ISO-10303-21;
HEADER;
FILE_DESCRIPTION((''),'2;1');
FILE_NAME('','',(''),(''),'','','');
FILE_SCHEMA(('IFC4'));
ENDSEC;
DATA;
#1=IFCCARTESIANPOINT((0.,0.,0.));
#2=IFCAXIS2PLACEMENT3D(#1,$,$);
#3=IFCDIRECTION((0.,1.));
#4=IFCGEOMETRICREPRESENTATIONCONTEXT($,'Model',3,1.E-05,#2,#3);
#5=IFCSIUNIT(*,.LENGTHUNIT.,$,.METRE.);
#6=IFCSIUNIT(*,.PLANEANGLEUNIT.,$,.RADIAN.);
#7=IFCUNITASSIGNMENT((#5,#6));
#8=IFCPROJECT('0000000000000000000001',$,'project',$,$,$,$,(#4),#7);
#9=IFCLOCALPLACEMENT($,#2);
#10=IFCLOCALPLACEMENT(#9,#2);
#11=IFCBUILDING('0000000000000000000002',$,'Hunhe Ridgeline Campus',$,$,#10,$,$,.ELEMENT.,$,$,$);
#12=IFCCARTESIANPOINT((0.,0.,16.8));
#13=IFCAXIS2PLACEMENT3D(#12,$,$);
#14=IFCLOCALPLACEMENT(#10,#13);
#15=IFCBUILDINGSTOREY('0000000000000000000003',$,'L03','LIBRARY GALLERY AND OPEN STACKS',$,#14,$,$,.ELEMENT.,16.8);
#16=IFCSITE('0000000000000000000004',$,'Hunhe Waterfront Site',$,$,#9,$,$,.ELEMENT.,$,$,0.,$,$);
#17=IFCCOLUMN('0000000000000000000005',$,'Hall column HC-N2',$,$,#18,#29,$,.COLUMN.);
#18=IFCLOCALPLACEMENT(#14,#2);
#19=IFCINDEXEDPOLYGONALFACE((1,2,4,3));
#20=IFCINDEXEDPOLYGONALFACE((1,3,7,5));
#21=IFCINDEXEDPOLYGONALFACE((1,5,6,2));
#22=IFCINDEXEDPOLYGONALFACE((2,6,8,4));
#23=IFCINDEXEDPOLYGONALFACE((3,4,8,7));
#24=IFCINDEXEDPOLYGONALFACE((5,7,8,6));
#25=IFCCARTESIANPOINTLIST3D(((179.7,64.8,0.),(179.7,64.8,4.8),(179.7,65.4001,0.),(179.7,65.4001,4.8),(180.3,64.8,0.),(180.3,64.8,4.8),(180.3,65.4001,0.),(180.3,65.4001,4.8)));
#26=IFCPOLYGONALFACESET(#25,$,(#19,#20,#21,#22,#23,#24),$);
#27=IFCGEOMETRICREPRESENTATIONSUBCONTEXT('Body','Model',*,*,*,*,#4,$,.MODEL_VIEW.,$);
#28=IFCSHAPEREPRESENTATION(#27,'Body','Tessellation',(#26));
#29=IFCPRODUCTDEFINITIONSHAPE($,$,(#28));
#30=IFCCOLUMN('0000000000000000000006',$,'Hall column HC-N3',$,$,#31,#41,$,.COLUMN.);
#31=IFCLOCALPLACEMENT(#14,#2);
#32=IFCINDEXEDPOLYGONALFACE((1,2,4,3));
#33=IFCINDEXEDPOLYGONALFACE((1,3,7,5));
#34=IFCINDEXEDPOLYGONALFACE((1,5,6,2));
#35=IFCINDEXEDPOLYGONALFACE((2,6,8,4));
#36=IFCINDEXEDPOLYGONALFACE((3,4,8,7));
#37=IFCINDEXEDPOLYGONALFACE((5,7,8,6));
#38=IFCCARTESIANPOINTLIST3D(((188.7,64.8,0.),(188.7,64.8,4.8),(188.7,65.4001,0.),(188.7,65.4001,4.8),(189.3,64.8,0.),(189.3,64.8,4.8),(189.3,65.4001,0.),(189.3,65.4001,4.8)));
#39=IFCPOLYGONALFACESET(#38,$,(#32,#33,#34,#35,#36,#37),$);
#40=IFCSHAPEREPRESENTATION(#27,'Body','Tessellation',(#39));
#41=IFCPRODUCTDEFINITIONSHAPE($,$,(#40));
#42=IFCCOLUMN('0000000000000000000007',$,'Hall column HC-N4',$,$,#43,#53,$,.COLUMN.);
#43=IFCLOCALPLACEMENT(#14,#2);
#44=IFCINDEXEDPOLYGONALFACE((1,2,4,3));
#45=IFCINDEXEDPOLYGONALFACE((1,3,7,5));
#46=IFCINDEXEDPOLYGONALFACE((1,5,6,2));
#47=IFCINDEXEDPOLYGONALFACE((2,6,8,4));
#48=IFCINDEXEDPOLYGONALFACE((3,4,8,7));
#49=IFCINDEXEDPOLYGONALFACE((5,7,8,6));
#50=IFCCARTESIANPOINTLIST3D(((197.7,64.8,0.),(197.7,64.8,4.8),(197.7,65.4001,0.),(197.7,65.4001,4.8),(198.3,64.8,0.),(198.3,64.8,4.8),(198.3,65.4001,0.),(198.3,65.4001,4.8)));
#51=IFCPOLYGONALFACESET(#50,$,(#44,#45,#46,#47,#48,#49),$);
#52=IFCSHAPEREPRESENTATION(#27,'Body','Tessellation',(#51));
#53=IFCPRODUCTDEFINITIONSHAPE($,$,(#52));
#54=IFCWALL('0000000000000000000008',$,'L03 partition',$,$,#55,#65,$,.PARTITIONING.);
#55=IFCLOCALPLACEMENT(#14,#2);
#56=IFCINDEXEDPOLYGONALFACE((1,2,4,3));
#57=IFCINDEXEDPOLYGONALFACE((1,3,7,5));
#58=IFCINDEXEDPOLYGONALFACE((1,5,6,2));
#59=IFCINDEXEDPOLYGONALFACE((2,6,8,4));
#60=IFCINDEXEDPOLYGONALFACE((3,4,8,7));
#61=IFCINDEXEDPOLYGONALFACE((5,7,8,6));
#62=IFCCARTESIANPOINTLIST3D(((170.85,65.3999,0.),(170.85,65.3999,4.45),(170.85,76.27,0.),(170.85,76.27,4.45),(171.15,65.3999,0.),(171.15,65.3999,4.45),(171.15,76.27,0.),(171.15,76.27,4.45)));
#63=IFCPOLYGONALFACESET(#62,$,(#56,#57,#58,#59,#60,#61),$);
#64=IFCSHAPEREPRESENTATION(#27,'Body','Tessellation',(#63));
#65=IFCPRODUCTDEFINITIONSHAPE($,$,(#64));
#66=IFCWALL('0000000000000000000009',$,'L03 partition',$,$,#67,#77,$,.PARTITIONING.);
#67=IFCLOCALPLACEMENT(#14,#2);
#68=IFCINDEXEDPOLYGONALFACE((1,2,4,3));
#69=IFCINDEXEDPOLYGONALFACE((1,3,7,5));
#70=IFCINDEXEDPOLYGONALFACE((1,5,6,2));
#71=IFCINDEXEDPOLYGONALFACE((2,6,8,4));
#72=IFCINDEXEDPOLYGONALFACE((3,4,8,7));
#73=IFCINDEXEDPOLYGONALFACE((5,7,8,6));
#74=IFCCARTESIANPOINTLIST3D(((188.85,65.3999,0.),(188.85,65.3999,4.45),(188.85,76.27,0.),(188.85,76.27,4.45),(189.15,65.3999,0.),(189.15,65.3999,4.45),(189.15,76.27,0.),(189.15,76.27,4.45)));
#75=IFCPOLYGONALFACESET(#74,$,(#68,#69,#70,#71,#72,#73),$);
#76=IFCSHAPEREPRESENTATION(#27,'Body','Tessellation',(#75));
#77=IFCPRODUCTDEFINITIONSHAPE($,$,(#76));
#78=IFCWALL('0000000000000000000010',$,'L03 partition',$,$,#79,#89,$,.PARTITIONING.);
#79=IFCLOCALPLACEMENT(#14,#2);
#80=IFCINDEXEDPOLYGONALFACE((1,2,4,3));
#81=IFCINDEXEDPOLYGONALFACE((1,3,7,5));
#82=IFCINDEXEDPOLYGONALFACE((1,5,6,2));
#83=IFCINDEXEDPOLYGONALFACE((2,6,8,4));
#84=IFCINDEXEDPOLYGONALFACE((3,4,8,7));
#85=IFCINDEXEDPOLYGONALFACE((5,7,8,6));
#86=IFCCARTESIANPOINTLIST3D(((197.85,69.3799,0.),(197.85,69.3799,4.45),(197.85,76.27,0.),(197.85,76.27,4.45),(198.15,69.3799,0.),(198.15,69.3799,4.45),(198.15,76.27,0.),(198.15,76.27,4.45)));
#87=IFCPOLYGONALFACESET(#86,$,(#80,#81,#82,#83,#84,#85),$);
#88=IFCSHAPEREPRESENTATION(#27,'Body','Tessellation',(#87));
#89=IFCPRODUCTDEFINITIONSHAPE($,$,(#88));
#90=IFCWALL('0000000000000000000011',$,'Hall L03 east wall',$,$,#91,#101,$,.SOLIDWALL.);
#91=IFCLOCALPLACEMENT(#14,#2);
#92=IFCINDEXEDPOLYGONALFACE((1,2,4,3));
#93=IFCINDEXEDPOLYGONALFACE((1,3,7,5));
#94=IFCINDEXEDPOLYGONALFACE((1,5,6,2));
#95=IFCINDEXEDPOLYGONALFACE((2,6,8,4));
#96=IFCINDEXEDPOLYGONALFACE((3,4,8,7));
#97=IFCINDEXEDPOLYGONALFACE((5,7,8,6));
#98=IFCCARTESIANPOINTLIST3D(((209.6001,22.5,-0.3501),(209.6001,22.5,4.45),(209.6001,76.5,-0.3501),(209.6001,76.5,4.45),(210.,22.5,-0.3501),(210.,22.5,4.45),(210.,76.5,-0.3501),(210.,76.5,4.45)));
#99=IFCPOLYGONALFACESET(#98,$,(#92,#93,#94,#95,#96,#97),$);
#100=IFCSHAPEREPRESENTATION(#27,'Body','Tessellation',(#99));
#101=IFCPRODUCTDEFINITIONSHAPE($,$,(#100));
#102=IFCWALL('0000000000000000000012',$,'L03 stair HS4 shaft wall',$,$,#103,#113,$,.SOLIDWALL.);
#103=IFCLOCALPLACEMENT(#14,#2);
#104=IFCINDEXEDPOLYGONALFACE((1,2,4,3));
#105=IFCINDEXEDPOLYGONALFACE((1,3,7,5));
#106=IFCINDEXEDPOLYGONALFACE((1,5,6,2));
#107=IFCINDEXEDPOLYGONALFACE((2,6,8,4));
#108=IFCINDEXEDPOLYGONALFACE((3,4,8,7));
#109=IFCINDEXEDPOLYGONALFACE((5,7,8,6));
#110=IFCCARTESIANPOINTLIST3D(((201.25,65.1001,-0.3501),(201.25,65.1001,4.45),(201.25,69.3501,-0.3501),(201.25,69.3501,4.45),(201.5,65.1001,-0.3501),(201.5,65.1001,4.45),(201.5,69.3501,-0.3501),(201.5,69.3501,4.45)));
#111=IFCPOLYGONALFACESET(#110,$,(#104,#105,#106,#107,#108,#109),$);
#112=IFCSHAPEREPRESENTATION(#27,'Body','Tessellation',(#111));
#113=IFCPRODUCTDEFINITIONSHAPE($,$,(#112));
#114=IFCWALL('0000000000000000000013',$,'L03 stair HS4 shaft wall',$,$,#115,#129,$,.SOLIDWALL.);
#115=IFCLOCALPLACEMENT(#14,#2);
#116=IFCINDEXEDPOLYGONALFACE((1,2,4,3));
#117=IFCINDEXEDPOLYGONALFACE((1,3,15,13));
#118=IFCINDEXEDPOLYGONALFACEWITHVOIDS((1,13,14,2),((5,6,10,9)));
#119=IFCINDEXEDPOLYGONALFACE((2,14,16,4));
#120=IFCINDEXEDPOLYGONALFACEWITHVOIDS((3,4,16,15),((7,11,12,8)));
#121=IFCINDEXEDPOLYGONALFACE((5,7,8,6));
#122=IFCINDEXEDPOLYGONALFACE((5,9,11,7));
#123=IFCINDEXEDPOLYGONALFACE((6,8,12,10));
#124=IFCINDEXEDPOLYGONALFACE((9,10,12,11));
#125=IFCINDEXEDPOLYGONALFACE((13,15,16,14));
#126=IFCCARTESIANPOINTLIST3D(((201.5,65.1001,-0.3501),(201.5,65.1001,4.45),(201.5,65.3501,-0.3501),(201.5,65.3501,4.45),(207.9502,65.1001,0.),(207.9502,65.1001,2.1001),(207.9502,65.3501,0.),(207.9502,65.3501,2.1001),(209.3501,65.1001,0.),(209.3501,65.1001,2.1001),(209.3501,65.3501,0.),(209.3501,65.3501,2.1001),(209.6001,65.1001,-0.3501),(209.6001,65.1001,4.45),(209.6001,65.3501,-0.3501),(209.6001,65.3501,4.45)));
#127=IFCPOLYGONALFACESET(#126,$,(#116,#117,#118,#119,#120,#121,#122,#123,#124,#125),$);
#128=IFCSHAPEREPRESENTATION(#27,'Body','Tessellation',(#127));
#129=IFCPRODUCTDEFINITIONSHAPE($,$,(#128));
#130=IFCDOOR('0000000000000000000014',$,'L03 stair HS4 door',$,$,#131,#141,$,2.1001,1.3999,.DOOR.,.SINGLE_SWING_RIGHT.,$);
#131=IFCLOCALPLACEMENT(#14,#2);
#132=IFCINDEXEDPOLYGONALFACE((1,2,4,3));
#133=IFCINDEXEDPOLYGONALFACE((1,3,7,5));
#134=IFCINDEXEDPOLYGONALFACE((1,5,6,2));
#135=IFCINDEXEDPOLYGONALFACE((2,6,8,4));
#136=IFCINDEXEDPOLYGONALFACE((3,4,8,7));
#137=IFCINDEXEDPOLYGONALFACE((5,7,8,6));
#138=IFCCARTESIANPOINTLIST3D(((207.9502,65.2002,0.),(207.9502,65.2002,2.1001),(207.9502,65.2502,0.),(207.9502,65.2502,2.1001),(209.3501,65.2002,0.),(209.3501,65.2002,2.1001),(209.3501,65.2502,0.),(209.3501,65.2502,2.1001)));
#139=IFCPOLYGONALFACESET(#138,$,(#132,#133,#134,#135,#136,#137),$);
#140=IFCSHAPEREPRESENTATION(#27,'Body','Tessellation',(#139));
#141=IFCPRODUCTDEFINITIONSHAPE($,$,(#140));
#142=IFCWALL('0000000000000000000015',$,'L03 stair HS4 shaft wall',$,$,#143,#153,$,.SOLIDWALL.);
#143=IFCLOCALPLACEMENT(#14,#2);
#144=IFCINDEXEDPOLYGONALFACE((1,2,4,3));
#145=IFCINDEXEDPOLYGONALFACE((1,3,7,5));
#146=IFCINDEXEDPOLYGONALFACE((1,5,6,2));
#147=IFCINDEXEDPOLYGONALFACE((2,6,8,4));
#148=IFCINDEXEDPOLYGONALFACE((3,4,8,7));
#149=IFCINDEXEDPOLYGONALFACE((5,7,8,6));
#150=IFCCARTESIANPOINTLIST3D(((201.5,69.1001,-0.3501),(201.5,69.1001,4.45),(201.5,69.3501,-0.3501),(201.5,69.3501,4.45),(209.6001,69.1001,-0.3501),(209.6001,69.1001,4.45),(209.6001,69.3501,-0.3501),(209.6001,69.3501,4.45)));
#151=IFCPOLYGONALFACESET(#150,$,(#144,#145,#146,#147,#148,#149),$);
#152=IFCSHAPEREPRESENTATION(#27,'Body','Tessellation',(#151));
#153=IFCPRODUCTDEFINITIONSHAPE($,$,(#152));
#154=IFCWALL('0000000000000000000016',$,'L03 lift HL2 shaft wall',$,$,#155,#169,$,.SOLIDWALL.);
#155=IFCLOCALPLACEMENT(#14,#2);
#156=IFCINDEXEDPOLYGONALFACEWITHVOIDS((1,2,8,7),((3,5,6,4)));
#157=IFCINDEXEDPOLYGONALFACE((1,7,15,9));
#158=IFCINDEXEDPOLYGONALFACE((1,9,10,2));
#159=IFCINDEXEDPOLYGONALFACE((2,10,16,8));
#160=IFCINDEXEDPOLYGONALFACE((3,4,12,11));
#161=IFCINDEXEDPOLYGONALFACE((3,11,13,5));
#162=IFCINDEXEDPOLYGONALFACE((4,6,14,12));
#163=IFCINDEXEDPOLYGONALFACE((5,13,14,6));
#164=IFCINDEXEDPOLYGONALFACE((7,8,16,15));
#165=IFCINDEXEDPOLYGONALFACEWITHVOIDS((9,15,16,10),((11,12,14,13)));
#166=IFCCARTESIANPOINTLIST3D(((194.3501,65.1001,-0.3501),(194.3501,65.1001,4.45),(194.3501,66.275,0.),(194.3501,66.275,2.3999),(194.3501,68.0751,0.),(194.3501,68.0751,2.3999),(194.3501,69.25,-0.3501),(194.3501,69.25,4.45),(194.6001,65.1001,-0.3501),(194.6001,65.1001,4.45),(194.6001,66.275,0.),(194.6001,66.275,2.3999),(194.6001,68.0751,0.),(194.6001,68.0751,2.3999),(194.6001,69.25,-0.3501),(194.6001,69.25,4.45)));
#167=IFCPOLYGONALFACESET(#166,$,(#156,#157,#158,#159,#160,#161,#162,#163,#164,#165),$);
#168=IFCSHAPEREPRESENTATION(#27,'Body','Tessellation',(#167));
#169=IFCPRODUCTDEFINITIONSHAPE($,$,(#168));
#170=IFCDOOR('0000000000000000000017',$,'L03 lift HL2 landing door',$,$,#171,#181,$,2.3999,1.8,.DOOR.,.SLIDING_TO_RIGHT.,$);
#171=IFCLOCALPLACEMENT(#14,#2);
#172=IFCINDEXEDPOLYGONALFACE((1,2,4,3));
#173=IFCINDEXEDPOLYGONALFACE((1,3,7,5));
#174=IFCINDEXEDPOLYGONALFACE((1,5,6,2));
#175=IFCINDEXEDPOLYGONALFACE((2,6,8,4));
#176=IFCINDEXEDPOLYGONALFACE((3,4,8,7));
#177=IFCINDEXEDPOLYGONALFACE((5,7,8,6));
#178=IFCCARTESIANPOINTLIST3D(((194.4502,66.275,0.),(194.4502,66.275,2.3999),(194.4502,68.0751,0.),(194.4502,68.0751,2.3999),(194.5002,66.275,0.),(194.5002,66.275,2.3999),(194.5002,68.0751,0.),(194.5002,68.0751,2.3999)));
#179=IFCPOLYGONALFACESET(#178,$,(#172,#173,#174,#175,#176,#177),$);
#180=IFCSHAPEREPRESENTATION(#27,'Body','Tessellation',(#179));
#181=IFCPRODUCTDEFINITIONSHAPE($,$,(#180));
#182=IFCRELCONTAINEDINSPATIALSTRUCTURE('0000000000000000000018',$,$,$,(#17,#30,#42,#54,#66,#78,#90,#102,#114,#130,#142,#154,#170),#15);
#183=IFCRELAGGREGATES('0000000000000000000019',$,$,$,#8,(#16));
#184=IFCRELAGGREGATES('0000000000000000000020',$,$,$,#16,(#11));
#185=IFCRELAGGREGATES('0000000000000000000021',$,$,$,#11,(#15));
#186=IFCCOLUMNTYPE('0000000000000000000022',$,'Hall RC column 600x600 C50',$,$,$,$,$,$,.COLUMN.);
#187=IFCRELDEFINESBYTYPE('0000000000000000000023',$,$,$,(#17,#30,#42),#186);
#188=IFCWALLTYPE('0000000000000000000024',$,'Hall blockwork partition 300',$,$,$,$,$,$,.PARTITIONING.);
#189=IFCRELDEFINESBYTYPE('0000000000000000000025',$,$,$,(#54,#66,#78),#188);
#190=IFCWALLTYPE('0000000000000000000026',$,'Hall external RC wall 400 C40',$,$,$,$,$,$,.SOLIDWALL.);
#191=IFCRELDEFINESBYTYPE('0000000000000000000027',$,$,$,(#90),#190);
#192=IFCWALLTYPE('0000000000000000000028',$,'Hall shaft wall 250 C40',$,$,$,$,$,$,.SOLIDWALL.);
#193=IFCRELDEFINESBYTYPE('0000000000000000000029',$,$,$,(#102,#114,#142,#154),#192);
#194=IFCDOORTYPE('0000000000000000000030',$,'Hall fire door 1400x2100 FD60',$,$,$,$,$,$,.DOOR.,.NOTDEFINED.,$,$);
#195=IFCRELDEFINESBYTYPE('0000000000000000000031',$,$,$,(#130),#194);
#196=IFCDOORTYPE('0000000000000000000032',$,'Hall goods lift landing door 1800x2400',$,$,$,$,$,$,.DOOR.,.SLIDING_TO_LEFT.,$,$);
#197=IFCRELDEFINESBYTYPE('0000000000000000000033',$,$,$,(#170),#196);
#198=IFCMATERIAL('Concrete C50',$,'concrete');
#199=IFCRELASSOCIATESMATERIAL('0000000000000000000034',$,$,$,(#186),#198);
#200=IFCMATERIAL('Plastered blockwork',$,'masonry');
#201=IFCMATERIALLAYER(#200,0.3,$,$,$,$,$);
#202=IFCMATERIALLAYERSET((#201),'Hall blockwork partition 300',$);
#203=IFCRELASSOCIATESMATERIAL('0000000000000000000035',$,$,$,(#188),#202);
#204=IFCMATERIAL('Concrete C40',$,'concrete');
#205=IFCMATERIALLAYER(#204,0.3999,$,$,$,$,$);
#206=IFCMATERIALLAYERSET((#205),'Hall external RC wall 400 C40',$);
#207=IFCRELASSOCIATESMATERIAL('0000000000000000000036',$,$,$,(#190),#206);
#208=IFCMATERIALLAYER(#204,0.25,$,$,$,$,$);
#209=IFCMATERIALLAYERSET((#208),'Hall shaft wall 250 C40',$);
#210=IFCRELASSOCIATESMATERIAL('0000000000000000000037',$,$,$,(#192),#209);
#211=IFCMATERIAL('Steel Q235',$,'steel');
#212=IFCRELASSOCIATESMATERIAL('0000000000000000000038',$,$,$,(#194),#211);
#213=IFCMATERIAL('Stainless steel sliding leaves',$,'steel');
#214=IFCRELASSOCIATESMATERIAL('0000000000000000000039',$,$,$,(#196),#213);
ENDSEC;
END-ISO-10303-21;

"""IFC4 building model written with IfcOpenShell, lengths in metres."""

from ifc_helpers import new_model, si_unit, direction, frame, frame_2d, origin, origin_2d, place, context, subcontext, project, spatial, rectangle, extrude, material, layer, layer_set, material_profile, profile_set, type_object, element, fill, save


model = new_model("IFC4")

# Units and contexts
model_context = context("Model", 3, precision=1e-05, world=origin(), true_north=direction((0.0, 1.0)))
body_context = subcontext(model_context, "Body", "Model", "MODEL_VIEW")
ifc_project = project(units=[si_unit("LENGTHUNIT", "METRE"), si_unit("PLANEANGLEUNIT", "RADIAN")], contexts=[model_context])

# Site, building, storey
site_placement = place(None, origin())
site = spatial("IfcSite", under=ifc_project, at=site_placement, Name="Hunhe Waterfront Site", CompositionType="ELEMENT", RefElevation=0.0)
building_placement = place(site_placement, origin())
building = spatial("IfcBuilding", under=site, at=building_placement, Name="Hunhe Ridgeline Campus", CompositionType="ELEMENT")
storey_placement = place(building_placement, frame((0.0, 0.0, 16.8)))
storey = spatial("IfcBuildingStorey", under=building, at=storey_placement, Name="L03", Description="LIBRARY GALLERY AND OPEN STACKS", CompositionType="ELEMENT", Elevation=16.8)

# Columns
ifc_material_1 = material(Name="Concrete C50", Category="concrete")
ifc_material_profile = material_profile(ifc_material_1, rectangle(XDim=0.6001, YDim=0.6001, at=origin_2d()))
ifc_profile_set = profile_set([ifc_material_profile], Name="Concrete C50")
column_type = type_object("IfcColumnType", Name="Hall RC column 600x600 C50", PredefinedType="COLUMN", material=ifc_profile_set)
for number, where, z_axis, x_axis, name in (
    (1, (180.0, 65.1001, 0.0), (0.0, 0.0, 1.0), (1.0, 0.0, 0.0), "Hall column HC-N2"),
    (2, (189.0, 65.1001, 0.0), (0.0, 0.0, 1.0), (1.0, 0.0, 0.0), "Hall column HC-N3"),
    (3, (198.0, 65.1001, 0.0), (0.0, 0.0, 1.0), (1.0, 0.0, 0.0), "Hall column HC-N4"),
):
    element("IfcColumn", number, at=place(storey_placement, frame(where, z_axis=z_axis, x_axis=x_axis)), inside=storey, type_object=column_type, Name=name, PredefinedType="COLUMN", context=body_context, shape_type="SweptSolid", body=[
        extrude(rectangle(XDim=0.6001, YDim=0.6001, at=origin_2d()), origin(), (0.0, 0.0, 1.0), 4.8),
    ])

# Walls
ifc_material_2 = material(Name="Plastered blockwork", Category="masonry")
ifc_layer_1 = layer(ifc_material_2, 0.3)
ifc_layer_set_1 = layer_set([ifc_layer_1], Name="Hall blockwork partition 300")
wall_type_1 = type_object("IfcWallType", Name="Hall blockwork partition 300", PredefinedType="PARTITIONING", material=ifc_layer_set_1)
for number, where, z_axis, x_axis, name in (
    (4, (171.0, 65.3999, 0.0), (0.0, 0.0, 1.0), (0.0, 1.0, 0.0), "L03 partition"),
    (5, (189.0, 65.3999, 0.0), (0.0, 0.0, 1.0), (0.0, 1.0, 0.0), "L03 partition"),
):
    element("IfcWall", number, at=place(storey_placement, frame(where, z_axis=z_axis, x_axis=x_axis)), inside=storey, type_object=wall_type_1, Name=name, PredefinedType="PARTITIONING", context=body_context, shape_type="SweptSolid", body=[
        extrude(rectangle(XDim=10.8701, YDim=0.3, at=frame_2d((5.4351, 0.0))), origin(), (0.0, 0.0, 1.0), 4.45),
    ])
wall_1_placement = place(storey_placement, frame((198.0, 69.3799, 0.0), z_axis=(0.0, 0.0, 1.0), x_axis=(0.0, 1.0, 0.0)))
element("IfcWall", 6, at=wall_1_placement, inside=storey, type_object=wall_type_1, Name="L03 partition", PredefinedType="PARTITIONING", context=body_context, shape_type="SweptSolid", body=[
    extrude(rectangle(XDim=6.8901, YDim=0.3, at=frame_2d((3.4451, 0.0))), origin(), (0.0, 0.0, 1.0), 4.45),
])

# Shared definitions
ifc_material_3 = material(Name="Steel Q235", Category="steel")

# Walls
ifc_material_4 = material(Name="Concrete C40", Category="concrete")
ifc_layer_2 = layer(ifc_material_4, 0.3999)
ifc_layer_set_2 = layer_set([ifc_layer_2], Name="Hall external RC wall 400 C40")
wall_type_2 = type_object("IfcWallType", Name="Hall external RC wall 400 C40", PredefinedType="SOLIDWALL", material=ifc_layer_set_2)
wall_2_placement = place(storey_placement, frame((209.8, 76.5, -0.3501), z_axis=(0.0, 0.0, 1.0), x_axis=(0.0, -1.0, 0.0)))
element("IfcWall", 7, at=wall_2_placement, inside=storey, type_object=wall_type_2, Name="Hall L03 east wall", PredefinedType="SOLIDWALL", context=body_context, shape_type="SweptSolid", body=[
    extrude(rectangle(XDim=54.0, YDim=0.3999, at=frame_2d((27.0, 0.0))), origin(), (0.0, 0.0, 1.0), 4.8),
])
ifc_layer_3 = layer(ifc_material_4, 0.25)
ifc_layer_set_3 = layer_set([ifc_layer_3], Name="Hall shaft wall 250 C40")
wall_type_3 = type_object("IfcWallType", Name="Hall shaft wall 250 C40", PredefinedType="SOLIDWALL", material=ifc_layer_set_3)
wall_3_placement = place(storey_placement, frame((201.375, 65.1001, -0.3501), z_axis=(0.0, 0.0, 1.0), x_axis=(0.0, 1.0, 0.0)))
element("IfcWall", 8, at=wall_3_placement, inside=storey, type_object=wall_type_3, Name="L03 stair HS4 shaft wall", PredefinedType="SOLIDWALL", context=body_context, shape_type="SweptSolid", body=[
    extrude(rectangle(XDim=4.25, YDim=0.25, at=frame_2d((2.125, 0.0))), origin(), (0.0, 0.0, 1.0), 4.8),
])

# Wall, opening, door
wall_4_placement = place(storey_placement, frame((209.6001, 65.2251, -0.3501), z_axis=(0.0, 0.0, 1.0), x_axis=(-1.0, 0.0, 0.0)))
wall_4 = element("IfcWall", 9, at=wall_4_placement, inside=storey, type_object=wall_type_3, Name="L03 stair HS4 shaft wall", PredefinedType="SOLIDWALL", context=body_context, shape_type="SweptSolid", body=[
    extrude(rectangle(XDim=8.1001, YDim=0.25, at=frame_2d((4.05, 0.0))), origin(), (0.0, 0.0, 1.0), 4.8),
])
opening_1_placement = place(wall_4_placement, frame((0.25, 0.0, 0.3501)))
opening_1 = element("IfcOpeningElement", 10, at=opening_1_placement, cuts=wall_4, PredefinedType="OPENING", context=body_context, shape_type="SweptSolid", body=[
    extrude(rectangle(XDim=1.3999, YDim=2.1001, at=frame_2d((0.7, 1.05))), frame((0.0, 0.125, 0.0), z_axis=(0.0, -1.0, 0.0), x_axis=(1.0, 0.0, 0.0)), (0.0, 0.0, 1.0), 0.25),
])
door_type_1 = type_object("IfcDoorType", Name="Hall fire door 1400x2100 FD60", OperationType="NOTDEFINED", PredefinedType="DOOR", material=ifc_material_3)
door_1_placement = place(opening_1_placement, origin())
door_1 = element("IfcDoor", 11, at=door_1_placement, inside=storey, type_object=door_type_1, Name="L03 stair HS4 door", OperationType="SINGLE_SWING_RIGHT", OverallHeight=2.1001, OverallWidth=1.3999, PredefinedType="DOOR", context=body_context, shape_type="SweptSolid", body=[
    extrude(rectangle(XDim=1.3999, YDim=2.1001, at=frame_2d((0.7, 1.05))), frame((0.0, 0.0249, 0.0), z_axis=(0.0, -1.0, 0.0), x_axis=(1.0, 0.0, 0.0)), (0.0, 0.0, 1.0), 0.05),
])
fill(opening_1, door_1)

# Wall
wall_5_placement = place(storey_placement, frame((201.5, 69.2251, -0.3501), z_axis=(0.0, 0.0, 1.0), x_axis=(1.0, 0.0, 0.0)))
element("IfcWall", 12, at=wall_5_placement, inside=storey, type_object=wall_type_3, Name="L03 stair HS4 shaft wall", PredefinedType="SOLIDWALL", context=body_context, shape_type="SweptSolid", body=[
    extrude(rectangle(XDim=8.1001, YDim=0.25, at=frame_2d((4.05, 0.0))), origin(), (0.0, 0.0, 1.0), 4.8),
])

# Wall, opening, door
wall_6_placement = place(storey_placement, frame((194.4751, 65.1001, -0.3501), z_axis=(0.0, 0.0, 1.0), x_axis=(0.0, 1.0, 0.0)))
wall_6 = element("IfcWall", 13, at=wall_6_placement, inside=storey, type_object=wall_type_3, Name="L03 lift HL2 shaft wall", PredefinedType="SOLIDWALL", context=body_context, shape_type="SweptSolid", body=[
    extrude(rectangle(XDim=4.1499, YDim=0.25, at=frame_2d((2.075, 0.0))), origin(), (0.0, 0.0, 1.0), 4.8),
])
opening_2_placement = place(wall_6_placement, frame((1.175, 0.0, 0.3501)))
opening_2 = element("IfcOpeningElement", 14, at=opening_2_placement, cuts=wall_6, PredefinedType="OPENING", context=body_context, shape_type="SweptSolid", body=[
    extrude(rectangle(XDim=1.8, YDim=2.3999, at=frame_2d((0.8999, 1.2))), frame((0.0, 0.125, 0.0), z_axis=(0.0, -1.0, 0.0), x_axis=(1.0, 0.0, 0.0)), (0.0, 0.0, 1.0), 0.25),
])
ifc_material_5 = material(Name="Stainless steel sliding leaves", Category="steel")
door_type_2 = type_object("IfcDoorType", Name="Hall goods lift landing door 1800x2400", OperationType="SLIDING_TO_LEFT", PredefinedType="DOOR", material=ifc_material_5)
door_2_placement = place(opening_2_placement, origin())
door_2 = element("IfcDoor", 15, at=door_2_placement, inside=storey, type_object=door_type_2, Name="L03 lift HL2 landing door", OperationType="SLIDING_TO_RIGHT", OverallHeight=2.3999, OverallWidth=1.8, PredefinedType="DOOR", context=body_context, shape_type="SweptSolid", body=[
    extrude(rectangle(XDim=1.8, YDim=2.3999, at=frame_2d((0.8999, 1.2))), frame((0.0, 0.0249, 0.0), z_axis=(0.0, -1.0, 0.0), x_axis=(1.0, 0.0, 0.0)), (0.0, 0.0, 1.0), 0.05),
])
fill(opening_2, door_2)

save(model, "model.ifc")
